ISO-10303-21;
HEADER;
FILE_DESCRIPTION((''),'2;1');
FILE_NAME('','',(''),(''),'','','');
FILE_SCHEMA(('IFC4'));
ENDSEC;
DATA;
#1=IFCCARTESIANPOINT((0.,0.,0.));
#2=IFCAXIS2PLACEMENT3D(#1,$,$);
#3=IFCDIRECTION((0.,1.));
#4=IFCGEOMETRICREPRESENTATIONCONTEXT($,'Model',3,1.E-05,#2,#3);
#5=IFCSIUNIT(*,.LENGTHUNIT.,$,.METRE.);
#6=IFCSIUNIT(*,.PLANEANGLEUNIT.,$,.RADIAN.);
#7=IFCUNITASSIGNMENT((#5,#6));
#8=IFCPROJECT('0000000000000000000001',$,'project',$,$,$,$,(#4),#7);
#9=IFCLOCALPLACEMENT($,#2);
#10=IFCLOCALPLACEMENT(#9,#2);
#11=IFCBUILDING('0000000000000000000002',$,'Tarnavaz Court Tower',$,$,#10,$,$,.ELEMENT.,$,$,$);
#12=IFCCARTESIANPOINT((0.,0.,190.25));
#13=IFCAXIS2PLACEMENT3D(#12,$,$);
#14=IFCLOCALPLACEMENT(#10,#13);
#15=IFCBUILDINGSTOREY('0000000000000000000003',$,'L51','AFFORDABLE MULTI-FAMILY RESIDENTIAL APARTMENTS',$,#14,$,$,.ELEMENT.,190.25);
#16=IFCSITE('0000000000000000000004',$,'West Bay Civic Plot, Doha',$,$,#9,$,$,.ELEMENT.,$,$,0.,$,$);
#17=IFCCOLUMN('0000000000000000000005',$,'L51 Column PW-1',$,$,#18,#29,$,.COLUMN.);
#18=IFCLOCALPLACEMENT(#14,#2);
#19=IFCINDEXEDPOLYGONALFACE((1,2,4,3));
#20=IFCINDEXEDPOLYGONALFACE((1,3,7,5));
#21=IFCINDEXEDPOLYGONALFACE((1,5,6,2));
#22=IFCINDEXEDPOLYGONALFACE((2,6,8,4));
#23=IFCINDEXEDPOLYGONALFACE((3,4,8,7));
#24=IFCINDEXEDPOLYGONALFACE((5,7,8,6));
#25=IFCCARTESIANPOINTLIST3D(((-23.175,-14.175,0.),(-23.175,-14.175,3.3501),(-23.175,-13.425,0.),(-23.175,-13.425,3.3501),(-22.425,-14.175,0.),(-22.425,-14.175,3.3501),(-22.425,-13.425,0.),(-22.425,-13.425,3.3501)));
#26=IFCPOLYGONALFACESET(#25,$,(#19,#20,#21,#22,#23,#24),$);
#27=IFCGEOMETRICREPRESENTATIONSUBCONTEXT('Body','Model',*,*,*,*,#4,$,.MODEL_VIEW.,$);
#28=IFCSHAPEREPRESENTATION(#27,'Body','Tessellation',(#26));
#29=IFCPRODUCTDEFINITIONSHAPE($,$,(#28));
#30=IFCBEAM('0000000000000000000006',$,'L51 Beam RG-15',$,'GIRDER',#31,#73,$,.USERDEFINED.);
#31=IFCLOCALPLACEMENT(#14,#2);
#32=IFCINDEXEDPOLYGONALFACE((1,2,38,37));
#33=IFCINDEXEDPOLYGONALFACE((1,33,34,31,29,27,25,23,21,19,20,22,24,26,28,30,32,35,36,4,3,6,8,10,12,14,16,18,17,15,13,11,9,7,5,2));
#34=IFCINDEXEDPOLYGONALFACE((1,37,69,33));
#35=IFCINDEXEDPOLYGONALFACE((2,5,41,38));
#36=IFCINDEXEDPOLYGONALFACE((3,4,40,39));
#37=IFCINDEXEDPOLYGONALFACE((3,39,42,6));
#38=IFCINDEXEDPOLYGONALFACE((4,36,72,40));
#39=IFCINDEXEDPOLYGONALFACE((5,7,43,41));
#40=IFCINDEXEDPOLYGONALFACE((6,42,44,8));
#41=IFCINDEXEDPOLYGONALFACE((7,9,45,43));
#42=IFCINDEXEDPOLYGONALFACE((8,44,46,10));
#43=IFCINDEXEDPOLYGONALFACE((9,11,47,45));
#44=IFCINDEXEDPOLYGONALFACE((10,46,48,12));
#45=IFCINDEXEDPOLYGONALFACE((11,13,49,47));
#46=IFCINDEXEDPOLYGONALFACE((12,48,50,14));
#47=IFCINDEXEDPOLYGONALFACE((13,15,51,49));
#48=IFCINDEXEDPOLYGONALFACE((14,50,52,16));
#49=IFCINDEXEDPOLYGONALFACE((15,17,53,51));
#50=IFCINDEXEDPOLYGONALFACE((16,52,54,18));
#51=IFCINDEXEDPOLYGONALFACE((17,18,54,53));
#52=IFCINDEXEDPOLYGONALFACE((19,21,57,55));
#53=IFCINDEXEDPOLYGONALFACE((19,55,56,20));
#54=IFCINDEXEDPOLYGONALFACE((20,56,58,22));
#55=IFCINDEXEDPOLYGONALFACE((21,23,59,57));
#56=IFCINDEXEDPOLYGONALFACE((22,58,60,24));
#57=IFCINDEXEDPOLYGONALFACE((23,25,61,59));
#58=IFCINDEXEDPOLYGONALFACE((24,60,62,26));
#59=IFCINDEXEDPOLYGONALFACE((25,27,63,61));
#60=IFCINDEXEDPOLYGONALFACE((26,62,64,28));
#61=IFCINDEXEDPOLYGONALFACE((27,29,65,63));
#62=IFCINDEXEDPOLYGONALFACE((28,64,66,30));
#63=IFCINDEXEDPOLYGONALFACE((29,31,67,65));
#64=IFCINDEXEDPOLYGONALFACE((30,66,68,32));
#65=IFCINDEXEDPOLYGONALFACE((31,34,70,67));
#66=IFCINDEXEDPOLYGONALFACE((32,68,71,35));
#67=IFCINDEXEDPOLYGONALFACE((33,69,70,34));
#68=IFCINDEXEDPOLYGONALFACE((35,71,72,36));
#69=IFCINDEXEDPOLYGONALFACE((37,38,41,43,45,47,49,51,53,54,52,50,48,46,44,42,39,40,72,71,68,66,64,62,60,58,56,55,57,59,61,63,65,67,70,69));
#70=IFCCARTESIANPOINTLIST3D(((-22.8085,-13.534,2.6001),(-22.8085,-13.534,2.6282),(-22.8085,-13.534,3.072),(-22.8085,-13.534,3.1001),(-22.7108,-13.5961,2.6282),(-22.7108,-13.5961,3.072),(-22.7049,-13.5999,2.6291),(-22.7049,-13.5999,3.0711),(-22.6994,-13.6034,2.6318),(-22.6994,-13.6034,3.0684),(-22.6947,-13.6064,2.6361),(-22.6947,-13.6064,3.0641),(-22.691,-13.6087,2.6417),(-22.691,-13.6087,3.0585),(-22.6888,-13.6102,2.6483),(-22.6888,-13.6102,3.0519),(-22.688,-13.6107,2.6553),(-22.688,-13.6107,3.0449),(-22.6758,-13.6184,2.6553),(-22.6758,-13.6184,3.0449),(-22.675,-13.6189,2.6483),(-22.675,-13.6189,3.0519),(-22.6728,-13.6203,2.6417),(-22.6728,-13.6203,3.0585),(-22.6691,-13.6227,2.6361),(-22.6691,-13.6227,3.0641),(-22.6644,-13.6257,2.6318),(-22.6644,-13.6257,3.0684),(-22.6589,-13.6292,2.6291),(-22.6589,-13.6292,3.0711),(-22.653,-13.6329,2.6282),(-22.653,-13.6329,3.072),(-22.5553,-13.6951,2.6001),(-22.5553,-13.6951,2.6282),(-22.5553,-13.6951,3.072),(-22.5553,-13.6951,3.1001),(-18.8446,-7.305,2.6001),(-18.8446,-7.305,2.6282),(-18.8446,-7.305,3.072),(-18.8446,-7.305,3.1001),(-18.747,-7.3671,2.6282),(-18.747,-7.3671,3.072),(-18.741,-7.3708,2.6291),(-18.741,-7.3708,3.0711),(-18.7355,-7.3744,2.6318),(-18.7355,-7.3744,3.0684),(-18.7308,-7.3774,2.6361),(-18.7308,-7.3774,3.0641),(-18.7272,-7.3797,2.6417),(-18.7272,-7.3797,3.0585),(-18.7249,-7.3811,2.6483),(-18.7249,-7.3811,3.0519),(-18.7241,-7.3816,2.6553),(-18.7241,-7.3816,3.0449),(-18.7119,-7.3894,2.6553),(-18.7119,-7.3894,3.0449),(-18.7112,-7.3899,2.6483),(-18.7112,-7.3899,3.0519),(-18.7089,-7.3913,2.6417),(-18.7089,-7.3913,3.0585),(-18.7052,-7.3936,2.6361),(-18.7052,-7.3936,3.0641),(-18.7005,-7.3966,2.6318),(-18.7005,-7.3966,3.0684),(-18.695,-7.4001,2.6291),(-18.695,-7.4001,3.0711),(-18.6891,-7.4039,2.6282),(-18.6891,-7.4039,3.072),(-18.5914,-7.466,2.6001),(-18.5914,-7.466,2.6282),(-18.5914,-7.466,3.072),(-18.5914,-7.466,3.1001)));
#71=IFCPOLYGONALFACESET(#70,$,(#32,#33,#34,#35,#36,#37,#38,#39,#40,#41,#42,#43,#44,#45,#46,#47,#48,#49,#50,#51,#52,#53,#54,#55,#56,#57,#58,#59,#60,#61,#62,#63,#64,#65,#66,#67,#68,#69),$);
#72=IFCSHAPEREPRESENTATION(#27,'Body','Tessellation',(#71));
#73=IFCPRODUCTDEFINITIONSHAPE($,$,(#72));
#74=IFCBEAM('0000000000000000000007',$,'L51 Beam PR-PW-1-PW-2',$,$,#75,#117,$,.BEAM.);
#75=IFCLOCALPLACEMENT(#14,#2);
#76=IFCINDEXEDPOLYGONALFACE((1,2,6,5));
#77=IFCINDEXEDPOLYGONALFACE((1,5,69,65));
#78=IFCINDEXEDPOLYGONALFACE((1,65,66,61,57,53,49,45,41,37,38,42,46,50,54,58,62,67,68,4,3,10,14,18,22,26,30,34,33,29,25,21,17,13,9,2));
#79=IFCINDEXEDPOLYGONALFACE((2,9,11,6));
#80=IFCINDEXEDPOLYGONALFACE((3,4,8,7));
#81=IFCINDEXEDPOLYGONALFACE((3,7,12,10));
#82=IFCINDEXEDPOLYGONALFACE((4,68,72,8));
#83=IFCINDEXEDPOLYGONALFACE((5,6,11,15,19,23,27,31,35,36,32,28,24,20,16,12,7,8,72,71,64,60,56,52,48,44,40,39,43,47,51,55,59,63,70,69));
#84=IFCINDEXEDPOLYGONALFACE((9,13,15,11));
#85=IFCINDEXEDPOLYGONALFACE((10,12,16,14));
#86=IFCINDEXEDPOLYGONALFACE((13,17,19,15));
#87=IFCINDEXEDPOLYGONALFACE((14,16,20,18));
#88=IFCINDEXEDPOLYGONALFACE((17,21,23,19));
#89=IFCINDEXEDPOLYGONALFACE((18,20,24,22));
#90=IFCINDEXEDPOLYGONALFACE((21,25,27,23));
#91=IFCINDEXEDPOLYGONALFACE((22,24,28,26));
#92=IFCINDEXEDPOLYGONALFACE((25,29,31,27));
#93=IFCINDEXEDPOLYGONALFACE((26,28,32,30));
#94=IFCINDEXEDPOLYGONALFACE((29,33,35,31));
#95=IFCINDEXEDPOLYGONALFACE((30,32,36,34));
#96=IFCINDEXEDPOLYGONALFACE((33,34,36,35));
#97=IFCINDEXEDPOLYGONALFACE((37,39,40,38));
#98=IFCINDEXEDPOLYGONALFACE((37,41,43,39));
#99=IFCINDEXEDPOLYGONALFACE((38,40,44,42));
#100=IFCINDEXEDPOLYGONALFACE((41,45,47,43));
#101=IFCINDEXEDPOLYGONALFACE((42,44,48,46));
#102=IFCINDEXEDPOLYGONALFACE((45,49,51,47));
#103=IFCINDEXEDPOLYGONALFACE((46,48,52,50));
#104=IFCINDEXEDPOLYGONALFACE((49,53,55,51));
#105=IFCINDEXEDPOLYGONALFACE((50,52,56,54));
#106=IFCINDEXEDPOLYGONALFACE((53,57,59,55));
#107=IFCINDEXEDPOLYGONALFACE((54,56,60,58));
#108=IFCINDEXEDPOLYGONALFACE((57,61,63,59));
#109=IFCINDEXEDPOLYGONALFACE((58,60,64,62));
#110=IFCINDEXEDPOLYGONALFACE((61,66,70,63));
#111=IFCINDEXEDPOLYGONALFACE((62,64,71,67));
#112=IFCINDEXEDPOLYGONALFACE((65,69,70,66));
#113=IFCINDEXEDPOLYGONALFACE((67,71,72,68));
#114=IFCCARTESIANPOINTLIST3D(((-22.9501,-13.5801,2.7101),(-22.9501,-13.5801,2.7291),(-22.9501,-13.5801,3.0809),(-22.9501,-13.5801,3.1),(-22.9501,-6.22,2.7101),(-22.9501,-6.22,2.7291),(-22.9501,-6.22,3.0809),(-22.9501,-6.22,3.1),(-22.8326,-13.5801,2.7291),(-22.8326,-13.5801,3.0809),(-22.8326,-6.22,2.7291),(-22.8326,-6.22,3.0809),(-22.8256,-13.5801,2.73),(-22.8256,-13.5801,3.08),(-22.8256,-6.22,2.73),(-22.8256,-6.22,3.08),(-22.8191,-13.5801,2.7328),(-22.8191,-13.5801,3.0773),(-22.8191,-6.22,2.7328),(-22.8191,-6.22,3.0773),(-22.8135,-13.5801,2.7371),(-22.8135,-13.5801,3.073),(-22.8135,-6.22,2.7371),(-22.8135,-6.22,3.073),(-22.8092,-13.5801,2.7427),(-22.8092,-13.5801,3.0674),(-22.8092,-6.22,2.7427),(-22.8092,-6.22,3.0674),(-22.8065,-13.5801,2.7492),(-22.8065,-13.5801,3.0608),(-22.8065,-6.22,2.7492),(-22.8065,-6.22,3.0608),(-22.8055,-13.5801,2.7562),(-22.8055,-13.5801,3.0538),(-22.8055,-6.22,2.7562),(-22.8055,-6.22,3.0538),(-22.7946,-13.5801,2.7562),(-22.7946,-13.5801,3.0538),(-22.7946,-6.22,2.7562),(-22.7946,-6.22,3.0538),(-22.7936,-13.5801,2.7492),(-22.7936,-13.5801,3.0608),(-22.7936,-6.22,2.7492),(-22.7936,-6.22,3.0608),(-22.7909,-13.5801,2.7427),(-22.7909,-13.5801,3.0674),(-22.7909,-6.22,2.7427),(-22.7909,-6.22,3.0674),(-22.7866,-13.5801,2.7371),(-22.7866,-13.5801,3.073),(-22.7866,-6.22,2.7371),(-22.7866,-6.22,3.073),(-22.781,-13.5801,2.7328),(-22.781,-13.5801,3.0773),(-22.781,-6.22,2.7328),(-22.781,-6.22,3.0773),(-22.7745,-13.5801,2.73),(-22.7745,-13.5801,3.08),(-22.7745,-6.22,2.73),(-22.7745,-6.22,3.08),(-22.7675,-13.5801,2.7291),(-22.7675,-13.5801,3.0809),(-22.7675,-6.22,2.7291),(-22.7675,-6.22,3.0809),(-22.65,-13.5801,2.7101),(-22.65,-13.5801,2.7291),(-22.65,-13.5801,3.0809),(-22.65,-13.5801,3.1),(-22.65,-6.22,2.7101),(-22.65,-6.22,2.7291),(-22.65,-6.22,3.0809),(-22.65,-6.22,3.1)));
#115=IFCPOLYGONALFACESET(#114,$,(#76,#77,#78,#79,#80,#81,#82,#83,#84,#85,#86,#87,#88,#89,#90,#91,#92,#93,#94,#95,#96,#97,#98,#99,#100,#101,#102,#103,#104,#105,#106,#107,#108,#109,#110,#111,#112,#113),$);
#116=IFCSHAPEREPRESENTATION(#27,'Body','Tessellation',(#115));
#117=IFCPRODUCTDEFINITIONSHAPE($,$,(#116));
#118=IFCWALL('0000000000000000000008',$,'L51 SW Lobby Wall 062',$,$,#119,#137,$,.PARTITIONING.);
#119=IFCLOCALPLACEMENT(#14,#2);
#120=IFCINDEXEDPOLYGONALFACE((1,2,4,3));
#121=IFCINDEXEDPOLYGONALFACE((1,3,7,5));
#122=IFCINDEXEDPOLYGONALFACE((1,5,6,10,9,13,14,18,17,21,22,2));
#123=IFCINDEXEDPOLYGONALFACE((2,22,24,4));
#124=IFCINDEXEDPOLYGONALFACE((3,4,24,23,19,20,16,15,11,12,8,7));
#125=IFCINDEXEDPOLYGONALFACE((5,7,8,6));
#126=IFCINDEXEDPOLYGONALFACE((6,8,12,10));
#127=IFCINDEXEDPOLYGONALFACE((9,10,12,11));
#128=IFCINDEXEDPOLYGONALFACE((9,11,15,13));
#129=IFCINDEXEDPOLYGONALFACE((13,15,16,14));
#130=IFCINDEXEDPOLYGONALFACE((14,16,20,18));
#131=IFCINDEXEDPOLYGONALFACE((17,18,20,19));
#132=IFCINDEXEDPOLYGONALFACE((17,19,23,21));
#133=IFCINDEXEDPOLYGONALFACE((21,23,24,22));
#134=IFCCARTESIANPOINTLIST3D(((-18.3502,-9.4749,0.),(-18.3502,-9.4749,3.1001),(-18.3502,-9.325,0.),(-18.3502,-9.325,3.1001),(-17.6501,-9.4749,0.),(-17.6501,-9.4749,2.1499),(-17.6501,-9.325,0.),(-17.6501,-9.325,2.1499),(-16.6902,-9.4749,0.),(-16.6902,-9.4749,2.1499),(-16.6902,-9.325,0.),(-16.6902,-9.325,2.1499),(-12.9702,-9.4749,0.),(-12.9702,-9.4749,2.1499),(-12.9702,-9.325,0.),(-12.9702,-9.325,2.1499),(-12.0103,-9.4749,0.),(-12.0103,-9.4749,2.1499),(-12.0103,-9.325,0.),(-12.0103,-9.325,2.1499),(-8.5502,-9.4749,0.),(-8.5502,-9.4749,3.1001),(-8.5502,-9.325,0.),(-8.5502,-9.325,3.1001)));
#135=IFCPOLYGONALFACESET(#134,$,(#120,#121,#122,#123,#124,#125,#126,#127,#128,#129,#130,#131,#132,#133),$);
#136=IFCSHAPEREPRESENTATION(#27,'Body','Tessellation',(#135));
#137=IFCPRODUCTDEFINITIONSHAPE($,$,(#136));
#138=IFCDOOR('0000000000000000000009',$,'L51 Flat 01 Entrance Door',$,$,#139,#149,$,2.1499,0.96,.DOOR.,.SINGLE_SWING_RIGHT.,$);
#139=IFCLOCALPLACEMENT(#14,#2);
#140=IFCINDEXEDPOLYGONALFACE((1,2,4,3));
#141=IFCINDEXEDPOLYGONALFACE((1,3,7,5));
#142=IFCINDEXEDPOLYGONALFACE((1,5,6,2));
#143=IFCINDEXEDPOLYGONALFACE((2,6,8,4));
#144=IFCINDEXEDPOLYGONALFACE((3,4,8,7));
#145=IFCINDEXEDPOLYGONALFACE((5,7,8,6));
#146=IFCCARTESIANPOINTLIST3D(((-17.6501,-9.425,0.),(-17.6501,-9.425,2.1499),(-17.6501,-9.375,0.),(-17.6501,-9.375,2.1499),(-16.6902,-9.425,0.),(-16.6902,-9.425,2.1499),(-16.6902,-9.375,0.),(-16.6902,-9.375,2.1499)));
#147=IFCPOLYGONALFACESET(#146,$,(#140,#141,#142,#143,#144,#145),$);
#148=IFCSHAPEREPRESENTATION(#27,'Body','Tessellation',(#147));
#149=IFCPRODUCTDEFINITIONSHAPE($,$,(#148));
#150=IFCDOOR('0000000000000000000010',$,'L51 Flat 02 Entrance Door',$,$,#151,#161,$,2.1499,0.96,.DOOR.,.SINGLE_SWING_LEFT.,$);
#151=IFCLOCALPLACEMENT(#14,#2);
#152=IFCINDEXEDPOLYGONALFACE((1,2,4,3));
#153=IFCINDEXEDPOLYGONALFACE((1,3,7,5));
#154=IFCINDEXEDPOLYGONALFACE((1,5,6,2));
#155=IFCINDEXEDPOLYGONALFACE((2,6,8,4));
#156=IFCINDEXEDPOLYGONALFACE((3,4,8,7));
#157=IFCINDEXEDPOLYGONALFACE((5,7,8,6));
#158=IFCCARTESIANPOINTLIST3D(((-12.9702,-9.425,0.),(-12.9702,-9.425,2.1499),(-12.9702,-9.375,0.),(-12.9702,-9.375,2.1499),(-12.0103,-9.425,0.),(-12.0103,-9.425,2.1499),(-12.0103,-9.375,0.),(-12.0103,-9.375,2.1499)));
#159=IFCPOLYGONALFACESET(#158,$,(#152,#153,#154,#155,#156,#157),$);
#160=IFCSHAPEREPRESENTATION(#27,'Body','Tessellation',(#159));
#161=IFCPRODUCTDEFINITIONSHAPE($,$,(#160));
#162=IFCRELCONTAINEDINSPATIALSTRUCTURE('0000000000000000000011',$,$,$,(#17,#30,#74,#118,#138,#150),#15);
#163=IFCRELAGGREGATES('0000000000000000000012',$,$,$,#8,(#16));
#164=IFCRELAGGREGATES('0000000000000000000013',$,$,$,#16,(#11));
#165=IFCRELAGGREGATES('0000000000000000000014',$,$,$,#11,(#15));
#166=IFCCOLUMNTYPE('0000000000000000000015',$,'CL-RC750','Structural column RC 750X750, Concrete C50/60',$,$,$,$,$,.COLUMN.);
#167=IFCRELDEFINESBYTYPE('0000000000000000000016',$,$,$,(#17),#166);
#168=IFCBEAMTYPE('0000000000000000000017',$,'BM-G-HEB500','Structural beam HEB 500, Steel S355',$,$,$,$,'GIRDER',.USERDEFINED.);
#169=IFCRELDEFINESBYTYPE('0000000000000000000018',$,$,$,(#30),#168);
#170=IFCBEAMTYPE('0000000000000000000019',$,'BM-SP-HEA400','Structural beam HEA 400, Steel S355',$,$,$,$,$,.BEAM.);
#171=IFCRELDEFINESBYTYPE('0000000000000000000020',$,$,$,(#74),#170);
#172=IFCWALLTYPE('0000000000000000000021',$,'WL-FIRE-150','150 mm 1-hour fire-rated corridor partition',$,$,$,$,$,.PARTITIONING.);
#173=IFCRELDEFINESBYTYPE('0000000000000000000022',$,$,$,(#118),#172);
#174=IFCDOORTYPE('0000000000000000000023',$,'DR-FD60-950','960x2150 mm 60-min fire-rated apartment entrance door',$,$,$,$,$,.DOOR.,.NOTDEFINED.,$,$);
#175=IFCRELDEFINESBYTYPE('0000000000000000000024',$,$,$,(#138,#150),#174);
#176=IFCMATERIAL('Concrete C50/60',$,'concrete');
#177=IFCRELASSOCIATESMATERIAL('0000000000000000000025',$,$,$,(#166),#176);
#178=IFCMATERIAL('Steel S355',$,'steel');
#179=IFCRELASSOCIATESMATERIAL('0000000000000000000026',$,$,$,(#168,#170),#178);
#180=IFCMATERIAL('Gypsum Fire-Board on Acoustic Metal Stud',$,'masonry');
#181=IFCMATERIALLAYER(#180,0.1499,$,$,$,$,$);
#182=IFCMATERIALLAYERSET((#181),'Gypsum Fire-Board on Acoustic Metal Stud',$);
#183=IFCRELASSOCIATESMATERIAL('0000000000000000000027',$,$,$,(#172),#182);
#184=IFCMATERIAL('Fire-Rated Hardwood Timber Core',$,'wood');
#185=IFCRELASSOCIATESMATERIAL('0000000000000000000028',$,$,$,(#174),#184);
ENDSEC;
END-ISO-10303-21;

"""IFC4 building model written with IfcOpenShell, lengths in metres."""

from ifc_helpers import new_model, si_unit, direction, frame, frame_2d, origin, origin_2d, place, context, subcontext, project, spatial, rectangle, i_section, extrude, material, layer, layer_set, material_profile, profile_set, type_object, element, fill, save


model = new_model("IFC4")

# Units and contexts
model_context = context("Model", 3, precision=1e-05, world=origin(), true_north=direction((0.0, 1.0)))
body_context = subcontext(model_context, "Body", "Model", "MODEL_VIEW")
ifc_project = project(units=[si_unit("LENGTHUNIT", "METRE"), si_unit("PLANEANGLEUNIT", "RADIAN")], contexts=[model_context])

# Site, building, storey
site_placement = place(None, origin())
site = spatial("IfcSite", under=ifc_project, at=site_placement, Name="West Bay Civic Plot, Doha", CompositionType="ELEMENT", RefElevation=0.0)
building_placement = place(site_placement, origin())
building = spatial("IfcBuilding", under=site, at=building_placement, Name="Tarnavaz Court Tower", CompositionType="ELEMENT")
storey_placement = place(building_placement, frame((0.0, 0.0, 190.25)))
storey = spatial("IfcBuildingStorey", under=building, at=storey_placement, Name="L51", Description="AFFORDABLE MULTI-FAMILY RESIDENTIAL APARTMENTS", CompositionType="ELEMENT", Elevation=190.25)

# Column
ifc_material_1 = material(Name="Concrete C50/60", Category="concrete")
ifc_material_profile_1 = material_profile(ifc_material_1, rectangle(XDim=0.75, YDim=0.75, at=origin_2d()), Name="RC 750X750")
ifc_profile_set_1 = profile_set([ifc_material_profile_1], Name="Concrete C50/60")
column_type = type_object("IfcColumnType", Name="CL-RC750", Description="Structural column RC 750X750, Concrete C50/60", PredefinedType="COLUMN", material=ifc_profile_set_1)
column_placement = place(storey_placement, frame((-22.8, -13.8, 0.0), z_axis=(0.0, 0.0, 1.0), x_axis=(1.0, 0.0, 0.0)))
element("IfcColumn", 1, at=column_placement, inside=storey, type_object=column_type, Name="L51 Column PW-1", PredefinedType="COLUMN", context=body_context, shape_type="SweptSolid", body=[
    extrude(rectangle(XDim=0.75, YDim=0.75, at=origin_2d()), origin(), (0.0, 0.0, 1.0), 3.3501),
])

# Beams
ifc_material_2 = material(Name="Steel S355", Category="steel")
ifc_material_profile_2 = material_profile(ifc_material_2, i_section(OverallWidth=0.3, OverallDepth=0.5, WebThickness=0.0144, FlangeThickness=0.0281, FilletRadius=0.0271, at=origin_2d()), Name="HEB 500")
ifc_profile_set_2 = profile_set([ifc_material_profile_2], Name="Steel S355")
beam_type_1 = type_object("IfcBeamType", Name="BM-G-HEB500", Description="Structural beam HEB 500, Steel S355", ElementType="GIRDER", PredefinedType="USERDEFINED", material=ifc_profile_set_2)
beam_1_placement = place(storey_placement, frame((-18.718, -7.3855, 2.8501), z_axis=(-0.536871, -0.843664, 0.0), x_axis=(0.843664, -0.536871, 0.0)))
element("IfcBeam", 2, at=beam_1_placement, inside=storey, type_object=beam_type_1, Name="L51 Beam RG-15", ObjectType="GIRDER", PredefinedType="USERDEFINED", context=body_context, shape_type="SweptSolid", body=[
    extrude(i_section(OverallWidth=0.3, OverallDepth=0.5, WebThickness=0.0144, FlangeThickness=0.0281, FilletRadius=0.0271, at=origin_2d()), origin(), (0.0, 0.0, 1.0), 7.3833),
])
ifc_material_profile_3 = material_profile(ifc_material_2, i_section(OverallWidth=0.3, OverallDepth=0.3899, WebThickness=0.011, FlangeThickness=0.019, FilletRadius=0.0271, at=origin_2d()), Name="HEA 400")
ifc_profile_set_3 = profile_set([ifc_material_profile_3], Name="Steel S355")
beam_type_2 = type_object("IfcBeamType", Name="BM-SP-HEA400", Description="Structural beam HEA 400, Steel S355", PredefinedType="BEAM", material=ifc_profile_set_3)
beam_2_placement = place(storey_placement, frame((-22.8, -13.5801, 2.905), z_axis=(0.0, 1.0, 0.0), x_axis=(-1.0, 0.0, 0.0)))
element("IfcBeam", 3, at=beam_2_placement, inside=storey, type_object=beam_type_2, Name="L51 Beam PR-PW-1-PW-2", PredefinedType="BEAM", context=body_context, shape_type="SweptSolid", body=[
    extrude(i_section(OverallWidth=0.3, OverallDepth=0.3899, WebThickness=0.011, FlangeThickness=0.019, FilletRadius=0.0271, at=origin_2d()), origin(), (0.0, 0.0, 1.0), 7.3601),
])

# Wall, openings, doors
ifc_material_3 = material(Name="Gypsum Fire-Board on Acoustic Metal Stud", Category="masonry")
ifc_layer_1 = layer(ifc_material_3, 0.1499)
ifc_layer_set_1 = layer_set([ifc_layer_1], Name="Gypsum Fire-Board on Acoustic Metal Stud")
wall_type_1 = type_object("IfcWallType", Name="WL-FIRE-150", Description="150 mm 1-hour fire-rated corridor partition", PredefinedType="PARTITIONING", material=ifc_layer_set_1)
wall_1_placement = place(storey_placement, frame((-18.3501, -9.3999, 0.0), z_axis=(0.0, 0.0, 1.0), x_axis=(1.0, 0.0, 0.0)))
wall_1 = element("IfcWall", 4, at=wall_1_placement, inside=storey, type_object=wall_type_1, Name="L51 SW Lobby Wall 062", PredefinedType="PARTITIONING", context=body_context, shape_type="SweptSolid", body=[
    extrude(rectangle(XDim=9.8, YDim=0.1499, at=frame_2d((4.8999, 0.0))), origin(), (0.0, 0.0, 1.0), 3.1001),
])
opening_1_placement = place(wall_1_placement, frame((0.7, 0.0, 0.0)))
opening_1 = element("IfcOpeningElement", 5, at=opening_1_placement, cuts=wall_1, PredefinedType="OPENING", context=body_context, shape_type="SweptSolid", body=[
    extrude(rectangle(XDim=0.96, YDim=2.1499, at=frame_2d((0.48, 1.075))), frame((0.0, 0.085, 0.0), z_axis=(0.0, -1.0, 0.0), x_axis=(1.0, 0.0, 0.0)), (0.0, 0.0, 1.0), 0.1699),
])
opening_2_placement = place(wall_1_placement, frame((5.3799, 0.0, 0.0)))
opening_2 = element("IfcOpeningElement", 6, at=opening_2_placement, cuts=wall_1, PredefinedType="OPENING", context=body_context, shape_type="SweptSolid", body=[
    extrude(rectangle(XDim=0.96, YDim=2.1499, at=frame_2d((0.48, 1.075))), frame((0.0, 0.085, 0.0), z_axis=(0.0, -1.0, 0.0), x_axis=(1.0, 0.0, 0.0)), (0.0, 0.0, 1.0), 0.1699),
])
ifc_material_4 = material(Name="Fire-Rated Hardwood Timber Core", Category="wood")
door_type_1 = type_object("IfcDoorType", Name="DR-FD60-950", Description="960x2150 mm 60-min fire-rated apartment entrance door", OperationType="NOTDEFINED", PredefinedType="DOOR", material=ifc_material_4)
door_1_placement = place(opening_1_placement, origin())
door_1 = element("IfcDoor", 7, at=door_1_placement, inside=storey, type_object=door_type_1, Name="L51 Flat 01 Entrance Door", OperationType="SINGLE_SWING_RIGHT", OverallHeight=2.1499, OverallWidth=0.96, PredefinedType="DOOR", context=body_context, shape_type="SweptSolid", body=[
    extrude(rectangle(XDim=0.96, YDim=2.1499, at=frame_2d((0.48, 1.075))), frame((0.0, 0.0249, 0.0), z_axis=(0.0, -1.0, 0.0), x_axis=(1.0, 0.0, 0.0)), (0.0, 0.0, 1.0), 0.05),
])
fill(opening_1, door_1)
door_2_placement = place(opening_2_placement, origin())
door_2 = element("IfcDoor", 8, at=door_2_placement, inside=storey, type_object=door_type_1, Name="L51 Flat 02 Entrance Door", OperationType="SINGLE_SWING_LEFT", OverallHeight=2.1499, OverallWidth=0.96, PredefinedType="DOOR", context=body_context, shape_type="SweptSolid", body=[
    extrude(rectangle(XDim=0.96, YDim=2.1499, at=frame_2d((0.48, 1.075))), frame((0.0, 0.0249, 0.0), z_axis=(0.0, -1.0, 0.0), x_axis=(1.0, 0.0, 0.0)), (0.0, 0.0, 1.0), 0.05),
])
fill(opening_2, door_2)

save(model, "model.ifc")
